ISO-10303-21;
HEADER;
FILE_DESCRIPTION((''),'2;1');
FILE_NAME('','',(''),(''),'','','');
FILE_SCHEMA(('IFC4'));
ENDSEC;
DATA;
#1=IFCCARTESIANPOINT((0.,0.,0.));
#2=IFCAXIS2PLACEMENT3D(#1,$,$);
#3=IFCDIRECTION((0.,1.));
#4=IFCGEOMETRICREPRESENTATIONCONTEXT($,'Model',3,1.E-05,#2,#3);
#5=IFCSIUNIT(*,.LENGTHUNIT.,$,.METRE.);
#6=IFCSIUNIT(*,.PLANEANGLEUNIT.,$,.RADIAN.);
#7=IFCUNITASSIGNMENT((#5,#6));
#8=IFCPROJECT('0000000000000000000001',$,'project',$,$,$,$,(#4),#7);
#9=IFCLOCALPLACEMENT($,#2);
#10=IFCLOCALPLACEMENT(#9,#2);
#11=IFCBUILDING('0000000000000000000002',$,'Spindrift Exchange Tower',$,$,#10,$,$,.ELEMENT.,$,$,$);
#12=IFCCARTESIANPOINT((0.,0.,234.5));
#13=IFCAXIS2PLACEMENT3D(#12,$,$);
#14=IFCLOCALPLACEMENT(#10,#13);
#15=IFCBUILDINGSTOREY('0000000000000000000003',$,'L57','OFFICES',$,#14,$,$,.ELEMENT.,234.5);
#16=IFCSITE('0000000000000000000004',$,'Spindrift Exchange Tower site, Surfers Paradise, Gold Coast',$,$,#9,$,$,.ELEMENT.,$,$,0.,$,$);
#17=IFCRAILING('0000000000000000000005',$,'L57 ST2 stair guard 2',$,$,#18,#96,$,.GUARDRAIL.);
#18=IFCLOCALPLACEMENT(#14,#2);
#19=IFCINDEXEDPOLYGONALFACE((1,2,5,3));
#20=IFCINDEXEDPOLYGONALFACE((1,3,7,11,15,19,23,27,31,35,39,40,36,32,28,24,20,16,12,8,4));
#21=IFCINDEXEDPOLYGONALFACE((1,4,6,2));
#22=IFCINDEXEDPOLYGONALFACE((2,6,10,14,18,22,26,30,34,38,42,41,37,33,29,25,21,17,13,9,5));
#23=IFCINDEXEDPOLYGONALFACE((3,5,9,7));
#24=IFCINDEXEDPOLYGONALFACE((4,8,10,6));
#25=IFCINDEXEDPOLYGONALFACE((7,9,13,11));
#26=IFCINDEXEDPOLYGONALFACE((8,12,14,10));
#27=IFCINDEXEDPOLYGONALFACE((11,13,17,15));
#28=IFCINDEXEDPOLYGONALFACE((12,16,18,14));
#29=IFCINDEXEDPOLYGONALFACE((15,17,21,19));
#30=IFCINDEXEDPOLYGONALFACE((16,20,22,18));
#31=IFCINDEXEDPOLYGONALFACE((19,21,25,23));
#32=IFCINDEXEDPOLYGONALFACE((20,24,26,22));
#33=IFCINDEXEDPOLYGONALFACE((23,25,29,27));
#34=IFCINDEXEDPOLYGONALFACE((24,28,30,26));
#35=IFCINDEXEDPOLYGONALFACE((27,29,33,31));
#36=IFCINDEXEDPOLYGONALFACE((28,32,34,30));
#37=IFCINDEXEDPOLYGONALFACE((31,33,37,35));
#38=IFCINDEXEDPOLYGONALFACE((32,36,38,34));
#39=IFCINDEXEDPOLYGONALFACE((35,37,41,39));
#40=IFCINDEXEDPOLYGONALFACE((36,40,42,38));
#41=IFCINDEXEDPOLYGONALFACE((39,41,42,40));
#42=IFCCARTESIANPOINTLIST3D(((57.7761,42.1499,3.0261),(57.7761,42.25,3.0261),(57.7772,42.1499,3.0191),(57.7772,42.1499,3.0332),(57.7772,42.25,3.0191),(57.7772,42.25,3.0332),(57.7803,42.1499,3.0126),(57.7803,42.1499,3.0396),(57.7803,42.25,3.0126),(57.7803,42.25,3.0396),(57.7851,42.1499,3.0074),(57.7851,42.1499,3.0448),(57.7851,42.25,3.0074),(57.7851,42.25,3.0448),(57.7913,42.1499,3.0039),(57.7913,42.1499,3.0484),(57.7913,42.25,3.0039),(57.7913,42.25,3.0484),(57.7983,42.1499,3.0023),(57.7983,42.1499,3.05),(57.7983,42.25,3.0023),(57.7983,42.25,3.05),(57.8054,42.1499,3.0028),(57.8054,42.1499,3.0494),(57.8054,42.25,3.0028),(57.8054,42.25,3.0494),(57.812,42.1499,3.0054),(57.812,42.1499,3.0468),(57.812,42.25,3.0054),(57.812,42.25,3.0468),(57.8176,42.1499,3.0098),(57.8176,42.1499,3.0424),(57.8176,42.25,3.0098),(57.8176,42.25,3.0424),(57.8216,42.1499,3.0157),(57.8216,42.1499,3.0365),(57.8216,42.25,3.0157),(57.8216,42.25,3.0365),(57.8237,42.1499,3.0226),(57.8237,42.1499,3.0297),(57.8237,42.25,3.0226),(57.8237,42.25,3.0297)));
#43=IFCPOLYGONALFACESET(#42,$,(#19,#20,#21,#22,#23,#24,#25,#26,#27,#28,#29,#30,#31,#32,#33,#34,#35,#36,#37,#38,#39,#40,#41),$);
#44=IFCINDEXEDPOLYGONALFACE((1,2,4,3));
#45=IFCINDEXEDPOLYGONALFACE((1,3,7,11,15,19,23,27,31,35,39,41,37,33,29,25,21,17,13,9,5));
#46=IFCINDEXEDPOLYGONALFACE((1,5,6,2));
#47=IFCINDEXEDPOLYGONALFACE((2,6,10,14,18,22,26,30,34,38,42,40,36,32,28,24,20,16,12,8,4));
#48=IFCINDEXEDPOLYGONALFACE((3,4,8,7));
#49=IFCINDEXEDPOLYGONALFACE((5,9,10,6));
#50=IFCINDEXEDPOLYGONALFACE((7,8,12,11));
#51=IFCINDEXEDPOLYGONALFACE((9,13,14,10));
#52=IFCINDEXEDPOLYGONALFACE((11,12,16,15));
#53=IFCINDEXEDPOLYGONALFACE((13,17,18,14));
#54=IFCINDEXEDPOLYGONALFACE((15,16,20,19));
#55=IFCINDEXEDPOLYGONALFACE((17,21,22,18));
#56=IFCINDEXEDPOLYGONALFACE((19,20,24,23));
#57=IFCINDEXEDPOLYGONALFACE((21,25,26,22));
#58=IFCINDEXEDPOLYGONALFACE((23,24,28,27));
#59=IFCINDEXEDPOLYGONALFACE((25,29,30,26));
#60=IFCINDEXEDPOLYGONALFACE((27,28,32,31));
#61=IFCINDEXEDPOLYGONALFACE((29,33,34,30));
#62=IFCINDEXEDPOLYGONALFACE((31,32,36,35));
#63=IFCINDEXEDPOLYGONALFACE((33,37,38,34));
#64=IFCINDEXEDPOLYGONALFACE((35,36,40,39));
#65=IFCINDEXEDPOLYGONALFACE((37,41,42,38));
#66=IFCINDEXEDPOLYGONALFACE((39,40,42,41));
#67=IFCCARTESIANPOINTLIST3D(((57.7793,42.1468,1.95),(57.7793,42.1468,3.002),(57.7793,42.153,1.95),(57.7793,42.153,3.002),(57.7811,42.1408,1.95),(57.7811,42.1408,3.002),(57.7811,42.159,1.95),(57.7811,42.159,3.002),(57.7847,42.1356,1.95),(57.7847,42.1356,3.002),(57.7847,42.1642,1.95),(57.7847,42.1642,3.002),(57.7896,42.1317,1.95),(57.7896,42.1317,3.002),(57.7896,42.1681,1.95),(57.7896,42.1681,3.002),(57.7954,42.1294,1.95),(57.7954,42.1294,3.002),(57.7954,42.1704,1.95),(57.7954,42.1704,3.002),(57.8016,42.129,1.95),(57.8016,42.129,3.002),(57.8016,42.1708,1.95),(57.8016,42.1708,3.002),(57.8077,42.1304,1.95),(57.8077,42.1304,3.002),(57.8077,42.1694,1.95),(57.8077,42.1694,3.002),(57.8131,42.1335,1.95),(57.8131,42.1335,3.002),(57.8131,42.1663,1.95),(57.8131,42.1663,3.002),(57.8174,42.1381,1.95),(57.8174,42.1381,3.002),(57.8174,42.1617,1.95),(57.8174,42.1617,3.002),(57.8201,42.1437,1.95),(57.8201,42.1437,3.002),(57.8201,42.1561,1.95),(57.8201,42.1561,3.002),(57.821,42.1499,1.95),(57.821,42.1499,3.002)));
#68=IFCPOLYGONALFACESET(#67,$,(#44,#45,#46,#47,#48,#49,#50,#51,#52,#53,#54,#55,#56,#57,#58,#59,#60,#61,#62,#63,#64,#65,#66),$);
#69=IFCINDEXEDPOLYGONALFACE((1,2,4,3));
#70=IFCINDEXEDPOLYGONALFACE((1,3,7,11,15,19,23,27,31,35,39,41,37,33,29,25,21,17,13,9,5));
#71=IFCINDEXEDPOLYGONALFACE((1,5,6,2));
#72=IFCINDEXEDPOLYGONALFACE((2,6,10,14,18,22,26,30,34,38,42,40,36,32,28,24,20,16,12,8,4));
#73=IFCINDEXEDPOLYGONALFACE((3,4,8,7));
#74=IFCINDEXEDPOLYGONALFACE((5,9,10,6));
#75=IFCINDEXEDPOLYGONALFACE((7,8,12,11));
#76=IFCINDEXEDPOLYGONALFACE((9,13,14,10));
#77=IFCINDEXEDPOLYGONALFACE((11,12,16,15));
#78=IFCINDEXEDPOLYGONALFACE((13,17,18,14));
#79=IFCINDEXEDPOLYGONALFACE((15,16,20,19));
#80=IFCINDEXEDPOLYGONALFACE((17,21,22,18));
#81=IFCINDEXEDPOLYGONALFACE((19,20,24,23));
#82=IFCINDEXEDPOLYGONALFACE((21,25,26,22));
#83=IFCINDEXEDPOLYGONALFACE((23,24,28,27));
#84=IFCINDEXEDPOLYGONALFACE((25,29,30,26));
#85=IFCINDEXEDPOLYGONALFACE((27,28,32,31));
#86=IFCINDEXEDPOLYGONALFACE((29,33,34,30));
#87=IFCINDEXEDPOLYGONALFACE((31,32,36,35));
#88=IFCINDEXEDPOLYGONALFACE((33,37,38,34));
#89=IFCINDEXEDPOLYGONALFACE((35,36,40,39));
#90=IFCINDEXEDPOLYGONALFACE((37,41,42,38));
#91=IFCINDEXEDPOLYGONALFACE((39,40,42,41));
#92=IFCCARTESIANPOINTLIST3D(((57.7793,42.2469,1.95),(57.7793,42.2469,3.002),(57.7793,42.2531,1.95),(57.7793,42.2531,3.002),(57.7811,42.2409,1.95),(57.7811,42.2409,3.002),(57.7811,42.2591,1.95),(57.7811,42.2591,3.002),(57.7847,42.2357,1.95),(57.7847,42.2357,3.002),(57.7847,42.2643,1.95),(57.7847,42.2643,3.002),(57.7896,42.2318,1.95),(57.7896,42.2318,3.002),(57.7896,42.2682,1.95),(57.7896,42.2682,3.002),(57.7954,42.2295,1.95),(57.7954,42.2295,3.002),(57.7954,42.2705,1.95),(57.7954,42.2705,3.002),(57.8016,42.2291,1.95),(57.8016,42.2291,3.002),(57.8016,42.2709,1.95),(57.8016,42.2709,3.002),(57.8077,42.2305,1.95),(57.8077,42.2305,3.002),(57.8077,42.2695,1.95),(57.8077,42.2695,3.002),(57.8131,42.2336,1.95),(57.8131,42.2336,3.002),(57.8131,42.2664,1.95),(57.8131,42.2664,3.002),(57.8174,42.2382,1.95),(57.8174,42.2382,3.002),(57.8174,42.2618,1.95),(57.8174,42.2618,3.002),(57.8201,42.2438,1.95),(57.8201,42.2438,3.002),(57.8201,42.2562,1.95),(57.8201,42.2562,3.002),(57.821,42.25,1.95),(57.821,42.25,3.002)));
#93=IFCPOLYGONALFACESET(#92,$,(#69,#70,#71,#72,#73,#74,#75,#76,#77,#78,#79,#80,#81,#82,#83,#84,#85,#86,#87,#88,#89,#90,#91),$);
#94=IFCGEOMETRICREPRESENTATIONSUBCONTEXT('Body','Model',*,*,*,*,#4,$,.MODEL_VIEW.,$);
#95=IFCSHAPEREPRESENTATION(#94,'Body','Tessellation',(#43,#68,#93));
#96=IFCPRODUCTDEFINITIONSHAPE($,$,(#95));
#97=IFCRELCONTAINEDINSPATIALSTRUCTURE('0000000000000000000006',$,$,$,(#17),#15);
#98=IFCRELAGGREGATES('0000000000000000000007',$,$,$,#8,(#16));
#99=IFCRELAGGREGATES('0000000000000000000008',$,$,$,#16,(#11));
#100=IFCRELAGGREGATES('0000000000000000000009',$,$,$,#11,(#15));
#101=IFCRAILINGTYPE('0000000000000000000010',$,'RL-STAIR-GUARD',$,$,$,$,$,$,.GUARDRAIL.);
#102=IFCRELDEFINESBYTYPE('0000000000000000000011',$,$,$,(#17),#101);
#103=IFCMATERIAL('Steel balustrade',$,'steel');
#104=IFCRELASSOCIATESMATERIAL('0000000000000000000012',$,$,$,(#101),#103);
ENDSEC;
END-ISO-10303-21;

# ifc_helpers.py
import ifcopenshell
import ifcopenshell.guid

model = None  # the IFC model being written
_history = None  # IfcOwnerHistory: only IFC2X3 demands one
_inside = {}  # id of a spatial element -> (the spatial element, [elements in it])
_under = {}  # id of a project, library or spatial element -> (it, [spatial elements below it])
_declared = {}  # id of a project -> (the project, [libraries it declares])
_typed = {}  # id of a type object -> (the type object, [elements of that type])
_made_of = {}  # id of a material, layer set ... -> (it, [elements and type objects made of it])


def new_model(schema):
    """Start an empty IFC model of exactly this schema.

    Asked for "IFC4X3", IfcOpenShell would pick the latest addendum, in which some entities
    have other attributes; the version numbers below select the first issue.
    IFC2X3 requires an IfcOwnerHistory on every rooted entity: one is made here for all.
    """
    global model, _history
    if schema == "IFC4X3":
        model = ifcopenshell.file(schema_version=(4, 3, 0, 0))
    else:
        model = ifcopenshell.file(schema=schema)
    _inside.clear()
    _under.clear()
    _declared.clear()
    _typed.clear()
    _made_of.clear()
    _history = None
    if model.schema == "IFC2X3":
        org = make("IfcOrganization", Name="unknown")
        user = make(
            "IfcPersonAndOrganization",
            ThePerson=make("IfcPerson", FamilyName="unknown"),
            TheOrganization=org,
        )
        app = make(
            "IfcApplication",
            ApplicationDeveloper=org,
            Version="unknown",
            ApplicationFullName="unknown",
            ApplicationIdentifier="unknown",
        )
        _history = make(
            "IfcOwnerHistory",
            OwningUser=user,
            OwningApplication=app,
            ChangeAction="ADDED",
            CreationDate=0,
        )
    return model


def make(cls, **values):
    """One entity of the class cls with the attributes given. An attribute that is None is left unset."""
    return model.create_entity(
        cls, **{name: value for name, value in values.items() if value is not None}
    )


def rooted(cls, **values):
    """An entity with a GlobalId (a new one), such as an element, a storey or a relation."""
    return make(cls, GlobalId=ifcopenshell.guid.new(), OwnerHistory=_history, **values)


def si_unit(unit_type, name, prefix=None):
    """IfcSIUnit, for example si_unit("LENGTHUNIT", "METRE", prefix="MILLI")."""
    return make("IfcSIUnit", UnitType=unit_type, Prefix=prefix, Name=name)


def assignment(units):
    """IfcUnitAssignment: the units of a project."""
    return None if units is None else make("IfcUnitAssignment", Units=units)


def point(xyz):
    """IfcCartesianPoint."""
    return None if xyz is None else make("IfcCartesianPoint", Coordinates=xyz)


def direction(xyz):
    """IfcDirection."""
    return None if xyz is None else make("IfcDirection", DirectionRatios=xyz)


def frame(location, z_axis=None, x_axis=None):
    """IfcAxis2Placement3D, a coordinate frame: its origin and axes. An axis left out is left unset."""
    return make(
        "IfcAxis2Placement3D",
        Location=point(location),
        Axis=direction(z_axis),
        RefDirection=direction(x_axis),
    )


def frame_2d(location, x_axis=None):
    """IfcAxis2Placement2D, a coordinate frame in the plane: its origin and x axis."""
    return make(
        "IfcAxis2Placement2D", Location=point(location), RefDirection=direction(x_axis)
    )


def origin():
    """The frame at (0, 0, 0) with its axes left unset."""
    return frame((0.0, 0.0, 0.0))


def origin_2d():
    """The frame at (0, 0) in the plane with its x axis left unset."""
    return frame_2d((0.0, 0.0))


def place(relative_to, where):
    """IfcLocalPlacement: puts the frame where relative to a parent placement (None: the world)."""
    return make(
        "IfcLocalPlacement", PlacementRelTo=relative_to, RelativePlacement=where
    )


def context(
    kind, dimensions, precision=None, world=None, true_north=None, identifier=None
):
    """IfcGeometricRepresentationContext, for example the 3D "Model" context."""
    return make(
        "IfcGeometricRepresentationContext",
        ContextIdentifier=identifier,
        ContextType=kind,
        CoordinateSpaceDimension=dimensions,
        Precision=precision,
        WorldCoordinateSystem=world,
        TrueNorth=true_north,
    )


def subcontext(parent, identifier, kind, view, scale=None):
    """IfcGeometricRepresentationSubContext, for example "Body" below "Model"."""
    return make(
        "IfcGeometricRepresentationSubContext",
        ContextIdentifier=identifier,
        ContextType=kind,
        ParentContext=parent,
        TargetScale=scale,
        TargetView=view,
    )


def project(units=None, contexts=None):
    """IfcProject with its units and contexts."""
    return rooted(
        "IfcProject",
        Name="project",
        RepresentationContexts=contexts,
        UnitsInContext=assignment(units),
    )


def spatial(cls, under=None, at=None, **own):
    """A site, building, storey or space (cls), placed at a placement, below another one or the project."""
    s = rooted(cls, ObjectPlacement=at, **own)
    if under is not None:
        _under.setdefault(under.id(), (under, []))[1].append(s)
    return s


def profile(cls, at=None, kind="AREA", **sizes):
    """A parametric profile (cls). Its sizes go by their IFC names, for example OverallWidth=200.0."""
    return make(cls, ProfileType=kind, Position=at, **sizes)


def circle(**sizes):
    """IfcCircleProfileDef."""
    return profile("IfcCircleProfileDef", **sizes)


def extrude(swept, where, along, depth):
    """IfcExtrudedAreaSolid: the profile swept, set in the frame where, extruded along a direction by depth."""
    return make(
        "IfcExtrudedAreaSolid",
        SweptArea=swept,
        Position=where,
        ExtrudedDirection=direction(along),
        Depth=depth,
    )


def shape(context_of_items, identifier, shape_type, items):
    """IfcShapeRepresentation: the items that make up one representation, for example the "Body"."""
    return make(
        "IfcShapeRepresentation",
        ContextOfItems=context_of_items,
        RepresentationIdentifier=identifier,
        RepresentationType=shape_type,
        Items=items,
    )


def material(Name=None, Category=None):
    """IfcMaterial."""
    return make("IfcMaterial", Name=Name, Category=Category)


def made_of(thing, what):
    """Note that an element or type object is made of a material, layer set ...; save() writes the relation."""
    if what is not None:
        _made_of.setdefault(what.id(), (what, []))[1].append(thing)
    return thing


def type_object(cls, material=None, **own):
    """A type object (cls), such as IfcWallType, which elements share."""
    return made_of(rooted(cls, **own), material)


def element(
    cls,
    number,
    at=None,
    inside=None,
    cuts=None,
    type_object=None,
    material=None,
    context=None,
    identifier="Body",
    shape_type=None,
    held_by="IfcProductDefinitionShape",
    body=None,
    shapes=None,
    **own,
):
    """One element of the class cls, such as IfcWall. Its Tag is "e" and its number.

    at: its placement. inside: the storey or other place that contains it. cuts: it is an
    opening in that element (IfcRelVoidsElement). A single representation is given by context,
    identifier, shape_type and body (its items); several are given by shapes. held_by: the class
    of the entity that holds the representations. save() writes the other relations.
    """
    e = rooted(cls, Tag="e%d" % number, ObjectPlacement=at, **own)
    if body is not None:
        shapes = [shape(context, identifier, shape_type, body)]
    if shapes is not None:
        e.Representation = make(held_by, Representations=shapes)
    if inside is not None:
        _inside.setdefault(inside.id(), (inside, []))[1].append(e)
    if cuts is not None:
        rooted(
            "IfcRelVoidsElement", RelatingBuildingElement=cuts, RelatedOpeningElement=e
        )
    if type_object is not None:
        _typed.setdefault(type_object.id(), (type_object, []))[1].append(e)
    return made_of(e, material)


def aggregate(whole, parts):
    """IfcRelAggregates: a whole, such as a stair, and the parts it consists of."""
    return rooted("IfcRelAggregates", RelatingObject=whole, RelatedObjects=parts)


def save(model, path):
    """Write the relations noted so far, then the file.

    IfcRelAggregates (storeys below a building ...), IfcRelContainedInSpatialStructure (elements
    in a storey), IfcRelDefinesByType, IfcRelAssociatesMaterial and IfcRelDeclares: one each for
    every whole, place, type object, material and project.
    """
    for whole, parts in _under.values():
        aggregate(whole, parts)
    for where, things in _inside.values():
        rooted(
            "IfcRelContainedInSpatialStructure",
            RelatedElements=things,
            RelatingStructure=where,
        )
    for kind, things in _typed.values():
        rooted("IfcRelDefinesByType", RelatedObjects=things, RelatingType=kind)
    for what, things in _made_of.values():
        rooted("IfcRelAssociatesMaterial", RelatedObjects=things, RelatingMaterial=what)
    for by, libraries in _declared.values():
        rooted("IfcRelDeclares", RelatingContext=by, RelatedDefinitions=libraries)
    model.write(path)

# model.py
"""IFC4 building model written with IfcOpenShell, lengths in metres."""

from ifc_helpers import new_model, si_unit, direction, frame, origin, origin_2d, place, context, subcontext, project, spatial, circle, extrude, material, type_object, element, save


model = new_model("IFC4")

# Units and contexts
model_context = context("Model", 3, precision=1e-05, world=origin(), true_north=direction((0.0, 1.0)))
body_context = subcontext(model_context, "Body", "Model", "MODEL_VIEW")
ifc_project = project(units=[si_unit("LENGTHUNIT", "METRE"), si_unit("PLANEANGLEUNIT", "RADIAN")], contexts=[model_context])

# Site, building, storey
site_placement = place(None, origin())
site = spatial("IfcSite", under=ifc_project, at=site_placement, Name="Spindrift Exchange Tower site, Surfers Paradise, Gold Coast", CompositionType="ELEMENT", RefElevation=0.0)
building_placement = place(site_placement, origin())
building = spatial("IfcBuilding", under=site, at=building_placement, Name="Spindrift Exchange Tower", CompositionType="ELEMENT")
storey_placement = place(building_placement, frame((0.0, 0.0, 234.5)))
storey = spatial("IfcBuildingStorey", under=building, at=storey_placement, Name="L57", Description="OFFICES", CompositionType="ELEMENT", Elevation=234.5)

# Railing
ifc_material_1 = material(Name="Steel balustrade", Category="steel")
railing_type_1 = type_object("IfcRailingType", Name="RL-STAIR-GUARD", PredefinedType="GUARDRAIL", material=ifc_material_1)
railing_1_placement = place(storey_placement, frame((57.8, 42.1499, 1.95)))
element("IfcRailing", 1, at=railing_1_placement, inside=storey, type_object=railing_type_1, Name="L57 ST2 stair guard 2", PredefinedType="GUARDRAIL", context=body_context, shape_type="SweptSolid", body=[
    extrude(circle(Radius=0.0239, at=origin_2d()), frame((0.0, 0.0, 1.0762), z_axis=(0.0, 1.0, 0.0), x_axis=(-1.0, 0.0, 0.0)), (0.0, 0.0, 1.0), 0.1001),
    extrude(circle(Radius=0.021, at=origin_2d()), origin(), (0.0, 0.0, 1.0), 1.052),
    extrude(circle(Radius=0.021, at=origin_2d()), frame((0.0, 0.1001, 0.0)), (0.0, 0.0, 1.0), 1.052),
])

save(model, "model.ifc")
